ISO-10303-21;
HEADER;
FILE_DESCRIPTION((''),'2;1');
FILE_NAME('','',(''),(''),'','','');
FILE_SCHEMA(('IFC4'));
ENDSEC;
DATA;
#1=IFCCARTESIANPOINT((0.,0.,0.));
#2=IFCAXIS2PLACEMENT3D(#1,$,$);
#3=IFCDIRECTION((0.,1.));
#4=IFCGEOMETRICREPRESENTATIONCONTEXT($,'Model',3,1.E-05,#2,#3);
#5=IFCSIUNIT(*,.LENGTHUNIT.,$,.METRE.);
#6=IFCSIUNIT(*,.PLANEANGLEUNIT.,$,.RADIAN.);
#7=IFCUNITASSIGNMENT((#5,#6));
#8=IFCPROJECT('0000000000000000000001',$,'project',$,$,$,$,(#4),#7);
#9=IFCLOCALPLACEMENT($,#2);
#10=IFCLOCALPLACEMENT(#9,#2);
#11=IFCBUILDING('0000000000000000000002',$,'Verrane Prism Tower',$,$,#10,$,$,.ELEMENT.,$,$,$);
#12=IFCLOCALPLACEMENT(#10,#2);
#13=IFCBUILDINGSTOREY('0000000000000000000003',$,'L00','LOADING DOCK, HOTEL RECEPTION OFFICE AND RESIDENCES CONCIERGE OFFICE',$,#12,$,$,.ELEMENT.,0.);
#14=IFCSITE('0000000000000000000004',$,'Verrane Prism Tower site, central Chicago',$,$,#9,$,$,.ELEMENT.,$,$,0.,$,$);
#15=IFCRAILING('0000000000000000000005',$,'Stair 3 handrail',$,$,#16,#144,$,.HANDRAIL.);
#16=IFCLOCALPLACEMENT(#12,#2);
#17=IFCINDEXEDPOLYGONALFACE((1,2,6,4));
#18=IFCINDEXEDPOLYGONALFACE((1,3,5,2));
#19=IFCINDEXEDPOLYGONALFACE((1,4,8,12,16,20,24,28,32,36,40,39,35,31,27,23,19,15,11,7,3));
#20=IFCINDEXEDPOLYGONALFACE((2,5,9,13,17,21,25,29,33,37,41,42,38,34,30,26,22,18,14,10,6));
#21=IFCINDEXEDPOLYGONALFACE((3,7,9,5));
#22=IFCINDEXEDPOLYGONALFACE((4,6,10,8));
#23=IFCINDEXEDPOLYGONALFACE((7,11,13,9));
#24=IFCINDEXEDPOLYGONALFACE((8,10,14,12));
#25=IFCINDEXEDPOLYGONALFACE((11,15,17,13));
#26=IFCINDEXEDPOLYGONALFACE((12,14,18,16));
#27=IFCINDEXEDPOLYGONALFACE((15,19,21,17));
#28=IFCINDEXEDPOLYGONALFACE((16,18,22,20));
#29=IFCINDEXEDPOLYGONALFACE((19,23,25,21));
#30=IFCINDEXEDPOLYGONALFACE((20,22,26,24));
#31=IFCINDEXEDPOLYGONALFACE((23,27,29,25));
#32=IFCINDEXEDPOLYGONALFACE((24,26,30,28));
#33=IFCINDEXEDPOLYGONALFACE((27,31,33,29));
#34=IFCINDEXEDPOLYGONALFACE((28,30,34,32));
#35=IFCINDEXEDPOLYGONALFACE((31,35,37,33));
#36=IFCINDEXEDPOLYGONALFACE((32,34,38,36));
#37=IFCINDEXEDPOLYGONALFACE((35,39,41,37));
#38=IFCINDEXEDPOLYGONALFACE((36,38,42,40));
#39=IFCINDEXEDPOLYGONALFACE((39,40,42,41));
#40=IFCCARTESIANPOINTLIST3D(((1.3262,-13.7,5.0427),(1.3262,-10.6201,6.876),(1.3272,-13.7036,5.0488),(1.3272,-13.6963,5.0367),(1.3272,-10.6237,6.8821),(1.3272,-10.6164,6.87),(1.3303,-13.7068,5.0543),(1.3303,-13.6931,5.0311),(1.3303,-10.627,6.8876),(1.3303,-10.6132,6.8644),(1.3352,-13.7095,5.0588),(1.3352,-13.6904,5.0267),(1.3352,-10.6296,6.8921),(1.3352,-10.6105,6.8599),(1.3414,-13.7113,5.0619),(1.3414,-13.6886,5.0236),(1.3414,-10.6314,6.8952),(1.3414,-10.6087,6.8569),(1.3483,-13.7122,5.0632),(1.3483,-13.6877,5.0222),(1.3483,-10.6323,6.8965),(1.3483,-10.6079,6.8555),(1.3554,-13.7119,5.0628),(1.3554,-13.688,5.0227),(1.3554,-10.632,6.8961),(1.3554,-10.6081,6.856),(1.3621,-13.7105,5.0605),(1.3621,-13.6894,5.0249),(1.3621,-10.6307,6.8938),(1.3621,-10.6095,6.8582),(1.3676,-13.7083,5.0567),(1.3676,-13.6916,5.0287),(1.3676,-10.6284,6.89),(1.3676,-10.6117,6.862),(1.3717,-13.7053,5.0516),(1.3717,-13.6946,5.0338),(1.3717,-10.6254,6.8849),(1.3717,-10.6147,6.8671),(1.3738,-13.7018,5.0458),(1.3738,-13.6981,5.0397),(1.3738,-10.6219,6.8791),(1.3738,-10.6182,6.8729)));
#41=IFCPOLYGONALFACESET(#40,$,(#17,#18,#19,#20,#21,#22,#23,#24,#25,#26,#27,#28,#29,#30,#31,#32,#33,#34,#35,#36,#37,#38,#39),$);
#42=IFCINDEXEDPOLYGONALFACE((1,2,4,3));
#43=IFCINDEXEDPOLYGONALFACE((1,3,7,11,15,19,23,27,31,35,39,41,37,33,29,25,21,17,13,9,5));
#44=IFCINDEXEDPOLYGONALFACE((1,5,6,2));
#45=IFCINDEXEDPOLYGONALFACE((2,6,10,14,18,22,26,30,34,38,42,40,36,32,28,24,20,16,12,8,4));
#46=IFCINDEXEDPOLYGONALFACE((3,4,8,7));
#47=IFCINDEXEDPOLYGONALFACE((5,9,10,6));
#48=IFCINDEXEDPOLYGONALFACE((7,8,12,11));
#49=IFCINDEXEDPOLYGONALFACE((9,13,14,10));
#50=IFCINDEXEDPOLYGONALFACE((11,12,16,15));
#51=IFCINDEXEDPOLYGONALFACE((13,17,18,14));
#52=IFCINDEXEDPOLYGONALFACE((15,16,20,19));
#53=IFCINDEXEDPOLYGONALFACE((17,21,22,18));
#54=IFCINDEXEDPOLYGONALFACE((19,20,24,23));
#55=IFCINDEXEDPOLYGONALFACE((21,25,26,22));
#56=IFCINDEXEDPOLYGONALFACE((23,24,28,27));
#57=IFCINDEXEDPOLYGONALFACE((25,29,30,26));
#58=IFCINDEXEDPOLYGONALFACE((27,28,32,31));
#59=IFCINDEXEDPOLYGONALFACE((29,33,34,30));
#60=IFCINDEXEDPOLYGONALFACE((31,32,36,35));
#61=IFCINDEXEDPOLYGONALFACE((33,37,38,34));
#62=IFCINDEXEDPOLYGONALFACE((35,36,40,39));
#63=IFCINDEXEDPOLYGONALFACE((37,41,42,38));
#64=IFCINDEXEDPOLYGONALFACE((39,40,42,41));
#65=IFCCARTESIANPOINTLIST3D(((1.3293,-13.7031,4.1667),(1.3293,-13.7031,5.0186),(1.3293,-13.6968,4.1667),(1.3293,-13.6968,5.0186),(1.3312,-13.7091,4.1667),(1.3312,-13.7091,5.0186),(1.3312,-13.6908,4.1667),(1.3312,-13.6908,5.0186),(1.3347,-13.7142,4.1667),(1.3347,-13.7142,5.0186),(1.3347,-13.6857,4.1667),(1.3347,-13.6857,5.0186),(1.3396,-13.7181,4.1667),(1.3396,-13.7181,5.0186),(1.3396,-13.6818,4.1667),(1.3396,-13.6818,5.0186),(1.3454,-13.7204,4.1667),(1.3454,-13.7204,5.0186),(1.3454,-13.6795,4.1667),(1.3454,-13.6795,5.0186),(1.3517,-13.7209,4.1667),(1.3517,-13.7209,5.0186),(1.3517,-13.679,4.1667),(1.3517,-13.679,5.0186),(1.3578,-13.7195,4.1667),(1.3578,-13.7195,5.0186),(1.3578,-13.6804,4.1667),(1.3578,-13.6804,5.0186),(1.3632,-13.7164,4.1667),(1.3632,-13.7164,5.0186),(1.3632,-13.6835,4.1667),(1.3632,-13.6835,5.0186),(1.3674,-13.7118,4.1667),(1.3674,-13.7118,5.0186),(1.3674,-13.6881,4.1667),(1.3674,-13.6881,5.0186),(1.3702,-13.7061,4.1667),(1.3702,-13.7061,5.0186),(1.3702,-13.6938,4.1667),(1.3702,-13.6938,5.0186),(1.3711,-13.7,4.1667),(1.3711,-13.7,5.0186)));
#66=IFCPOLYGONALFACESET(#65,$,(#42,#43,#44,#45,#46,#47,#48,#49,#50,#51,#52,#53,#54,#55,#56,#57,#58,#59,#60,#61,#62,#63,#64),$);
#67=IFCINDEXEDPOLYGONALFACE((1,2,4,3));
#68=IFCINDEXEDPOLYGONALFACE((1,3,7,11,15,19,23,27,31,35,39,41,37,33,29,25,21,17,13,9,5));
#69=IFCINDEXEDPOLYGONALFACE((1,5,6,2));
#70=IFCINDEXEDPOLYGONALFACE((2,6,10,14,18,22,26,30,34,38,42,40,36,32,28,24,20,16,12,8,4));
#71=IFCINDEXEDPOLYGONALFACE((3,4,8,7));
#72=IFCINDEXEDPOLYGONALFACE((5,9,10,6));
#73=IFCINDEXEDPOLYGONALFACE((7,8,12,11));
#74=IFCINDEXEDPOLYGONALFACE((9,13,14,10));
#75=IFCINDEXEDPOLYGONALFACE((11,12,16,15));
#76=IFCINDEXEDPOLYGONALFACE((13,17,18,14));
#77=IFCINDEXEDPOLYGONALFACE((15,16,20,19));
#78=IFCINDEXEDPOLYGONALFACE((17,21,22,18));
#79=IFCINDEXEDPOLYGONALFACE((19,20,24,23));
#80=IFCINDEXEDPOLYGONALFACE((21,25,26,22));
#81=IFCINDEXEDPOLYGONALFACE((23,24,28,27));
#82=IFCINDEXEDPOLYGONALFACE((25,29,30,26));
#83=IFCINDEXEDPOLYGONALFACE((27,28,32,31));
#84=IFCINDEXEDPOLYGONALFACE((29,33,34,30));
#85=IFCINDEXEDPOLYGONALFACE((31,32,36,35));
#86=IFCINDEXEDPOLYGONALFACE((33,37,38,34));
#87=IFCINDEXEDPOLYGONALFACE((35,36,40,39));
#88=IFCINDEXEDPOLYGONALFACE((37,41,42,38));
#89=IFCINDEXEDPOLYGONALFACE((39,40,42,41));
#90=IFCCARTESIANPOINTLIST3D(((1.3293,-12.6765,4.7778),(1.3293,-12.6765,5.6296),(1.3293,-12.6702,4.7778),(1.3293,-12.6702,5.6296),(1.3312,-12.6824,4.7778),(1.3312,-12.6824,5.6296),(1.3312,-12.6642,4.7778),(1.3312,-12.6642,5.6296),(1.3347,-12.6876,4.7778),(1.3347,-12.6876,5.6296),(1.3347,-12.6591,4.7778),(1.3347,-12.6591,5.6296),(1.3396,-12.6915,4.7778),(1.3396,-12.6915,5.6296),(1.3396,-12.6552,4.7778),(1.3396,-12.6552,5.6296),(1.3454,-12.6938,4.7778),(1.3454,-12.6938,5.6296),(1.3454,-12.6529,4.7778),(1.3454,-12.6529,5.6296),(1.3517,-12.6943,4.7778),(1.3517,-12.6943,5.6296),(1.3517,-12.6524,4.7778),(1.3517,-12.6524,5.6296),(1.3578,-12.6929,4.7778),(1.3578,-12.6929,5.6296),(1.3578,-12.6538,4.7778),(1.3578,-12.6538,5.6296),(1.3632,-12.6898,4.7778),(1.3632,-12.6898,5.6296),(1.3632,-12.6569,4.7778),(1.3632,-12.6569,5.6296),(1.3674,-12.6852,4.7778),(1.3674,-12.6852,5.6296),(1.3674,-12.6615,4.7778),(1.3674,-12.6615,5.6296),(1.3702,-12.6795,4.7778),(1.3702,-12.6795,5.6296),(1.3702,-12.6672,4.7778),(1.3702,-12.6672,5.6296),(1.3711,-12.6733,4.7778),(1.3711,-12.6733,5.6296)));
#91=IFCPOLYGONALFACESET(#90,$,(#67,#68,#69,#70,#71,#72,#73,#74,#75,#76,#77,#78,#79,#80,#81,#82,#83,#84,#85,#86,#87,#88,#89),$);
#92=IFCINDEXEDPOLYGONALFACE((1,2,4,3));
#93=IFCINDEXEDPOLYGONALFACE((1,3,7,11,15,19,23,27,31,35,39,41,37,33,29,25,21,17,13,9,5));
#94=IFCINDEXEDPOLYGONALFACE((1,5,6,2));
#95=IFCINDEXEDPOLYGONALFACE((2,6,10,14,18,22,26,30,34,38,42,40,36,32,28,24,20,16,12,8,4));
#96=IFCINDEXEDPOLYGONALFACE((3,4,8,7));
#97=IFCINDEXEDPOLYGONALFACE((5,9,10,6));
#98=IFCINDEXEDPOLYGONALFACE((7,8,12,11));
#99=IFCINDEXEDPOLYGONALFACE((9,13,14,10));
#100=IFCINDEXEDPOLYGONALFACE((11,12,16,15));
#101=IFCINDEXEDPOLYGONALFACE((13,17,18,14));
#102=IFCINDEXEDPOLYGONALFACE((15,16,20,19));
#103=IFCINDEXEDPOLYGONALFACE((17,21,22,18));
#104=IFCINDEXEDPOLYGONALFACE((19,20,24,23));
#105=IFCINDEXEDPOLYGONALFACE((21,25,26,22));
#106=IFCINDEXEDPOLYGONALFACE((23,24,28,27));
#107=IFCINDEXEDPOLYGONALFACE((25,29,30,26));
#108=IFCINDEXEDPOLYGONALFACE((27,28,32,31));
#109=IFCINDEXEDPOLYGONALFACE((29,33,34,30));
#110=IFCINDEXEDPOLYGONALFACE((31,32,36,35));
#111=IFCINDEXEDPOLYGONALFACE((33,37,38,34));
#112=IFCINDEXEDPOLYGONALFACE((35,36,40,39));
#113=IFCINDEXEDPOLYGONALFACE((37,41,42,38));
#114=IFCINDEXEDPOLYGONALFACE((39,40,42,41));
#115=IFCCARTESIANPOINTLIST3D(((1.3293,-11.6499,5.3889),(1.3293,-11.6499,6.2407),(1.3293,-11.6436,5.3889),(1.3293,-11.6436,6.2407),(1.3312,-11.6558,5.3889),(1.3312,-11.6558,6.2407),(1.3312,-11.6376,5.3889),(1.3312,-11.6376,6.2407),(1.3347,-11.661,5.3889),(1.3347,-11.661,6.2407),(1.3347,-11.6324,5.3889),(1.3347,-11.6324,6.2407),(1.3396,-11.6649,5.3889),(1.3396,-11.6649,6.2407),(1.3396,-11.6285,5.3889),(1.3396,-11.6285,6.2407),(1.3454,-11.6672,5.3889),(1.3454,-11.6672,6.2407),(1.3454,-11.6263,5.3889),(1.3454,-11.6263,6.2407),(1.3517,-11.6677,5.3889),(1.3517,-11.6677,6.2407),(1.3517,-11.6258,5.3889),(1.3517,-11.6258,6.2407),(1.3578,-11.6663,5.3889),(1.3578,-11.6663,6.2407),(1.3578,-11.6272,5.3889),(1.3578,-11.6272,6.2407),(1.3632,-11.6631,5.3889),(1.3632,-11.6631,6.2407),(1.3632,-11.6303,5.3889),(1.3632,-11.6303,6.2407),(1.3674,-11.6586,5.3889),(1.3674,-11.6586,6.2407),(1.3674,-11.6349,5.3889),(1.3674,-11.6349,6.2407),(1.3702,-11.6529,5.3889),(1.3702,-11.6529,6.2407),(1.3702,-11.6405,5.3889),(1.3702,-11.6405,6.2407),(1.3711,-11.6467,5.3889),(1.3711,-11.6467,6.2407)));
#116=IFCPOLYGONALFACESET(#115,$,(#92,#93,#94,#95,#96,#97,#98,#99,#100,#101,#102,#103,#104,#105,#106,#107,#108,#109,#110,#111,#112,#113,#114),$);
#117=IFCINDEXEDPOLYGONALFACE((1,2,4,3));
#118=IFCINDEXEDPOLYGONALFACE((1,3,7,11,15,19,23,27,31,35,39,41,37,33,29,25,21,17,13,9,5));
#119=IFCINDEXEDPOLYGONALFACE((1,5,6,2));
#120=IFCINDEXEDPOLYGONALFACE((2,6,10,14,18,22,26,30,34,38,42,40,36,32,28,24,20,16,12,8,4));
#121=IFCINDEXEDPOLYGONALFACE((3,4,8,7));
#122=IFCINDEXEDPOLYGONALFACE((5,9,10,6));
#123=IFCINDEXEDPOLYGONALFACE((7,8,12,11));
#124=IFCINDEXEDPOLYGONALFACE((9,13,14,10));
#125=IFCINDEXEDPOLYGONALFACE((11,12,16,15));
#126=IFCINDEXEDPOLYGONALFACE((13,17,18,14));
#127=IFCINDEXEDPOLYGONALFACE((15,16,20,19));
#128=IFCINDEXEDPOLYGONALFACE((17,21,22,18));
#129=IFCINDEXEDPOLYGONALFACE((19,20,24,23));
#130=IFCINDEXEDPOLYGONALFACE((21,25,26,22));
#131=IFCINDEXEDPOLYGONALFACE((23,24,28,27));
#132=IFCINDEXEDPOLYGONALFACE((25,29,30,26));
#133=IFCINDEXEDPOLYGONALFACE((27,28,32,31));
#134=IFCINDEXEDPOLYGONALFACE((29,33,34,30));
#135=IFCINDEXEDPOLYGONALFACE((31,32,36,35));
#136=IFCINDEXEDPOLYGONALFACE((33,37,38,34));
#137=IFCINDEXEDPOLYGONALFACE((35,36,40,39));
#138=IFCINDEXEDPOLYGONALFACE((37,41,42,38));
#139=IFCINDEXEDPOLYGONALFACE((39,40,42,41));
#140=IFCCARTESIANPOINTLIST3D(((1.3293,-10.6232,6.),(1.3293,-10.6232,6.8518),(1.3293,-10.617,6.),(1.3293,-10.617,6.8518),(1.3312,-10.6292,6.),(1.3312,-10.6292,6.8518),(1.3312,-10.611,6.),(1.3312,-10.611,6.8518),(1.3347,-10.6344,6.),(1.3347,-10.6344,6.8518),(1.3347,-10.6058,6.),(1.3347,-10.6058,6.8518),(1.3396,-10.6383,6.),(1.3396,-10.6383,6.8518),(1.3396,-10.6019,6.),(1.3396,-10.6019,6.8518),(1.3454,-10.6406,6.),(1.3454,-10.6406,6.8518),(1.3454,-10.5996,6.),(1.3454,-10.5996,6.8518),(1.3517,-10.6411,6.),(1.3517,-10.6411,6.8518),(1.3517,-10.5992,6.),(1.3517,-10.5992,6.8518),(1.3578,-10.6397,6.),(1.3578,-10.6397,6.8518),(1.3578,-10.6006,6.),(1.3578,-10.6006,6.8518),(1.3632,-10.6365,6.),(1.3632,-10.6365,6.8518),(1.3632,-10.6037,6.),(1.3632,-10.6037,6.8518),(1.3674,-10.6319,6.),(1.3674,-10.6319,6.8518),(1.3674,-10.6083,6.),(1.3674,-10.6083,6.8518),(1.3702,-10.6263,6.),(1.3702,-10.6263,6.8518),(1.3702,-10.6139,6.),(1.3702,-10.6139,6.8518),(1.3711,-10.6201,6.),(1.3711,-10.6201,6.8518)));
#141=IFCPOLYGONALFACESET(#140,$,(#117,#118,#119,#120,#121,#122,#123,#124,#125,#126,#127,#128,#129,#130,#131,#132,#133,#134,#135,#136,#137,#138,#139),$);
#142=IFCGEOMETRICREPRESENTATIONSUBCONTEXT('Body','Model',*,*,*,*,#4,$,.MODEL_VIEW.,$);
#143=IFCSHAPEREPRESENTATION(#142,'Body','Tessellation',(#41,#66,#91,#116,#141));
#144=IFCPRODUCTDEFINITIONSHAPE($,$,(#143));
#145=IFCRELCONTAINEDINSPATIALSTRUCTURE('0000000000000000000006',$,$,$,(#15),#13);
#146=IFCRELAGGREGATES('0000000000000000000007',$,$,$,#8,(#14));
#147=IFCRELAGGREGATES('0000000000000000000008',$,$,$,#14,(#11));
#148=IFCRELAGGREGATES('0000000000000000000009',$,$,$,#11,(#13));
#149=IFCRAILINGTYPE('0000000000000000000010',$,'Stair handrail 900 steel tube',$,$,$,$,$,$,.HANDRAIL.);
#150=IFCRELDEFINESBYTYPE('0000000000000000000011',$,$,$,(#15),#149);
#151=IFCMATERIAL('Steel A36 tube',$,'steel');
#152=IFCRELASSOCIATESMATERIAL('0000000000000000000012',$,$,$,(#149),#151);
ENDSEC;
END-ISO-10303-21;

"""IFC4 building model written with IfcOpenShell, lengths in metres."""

from ifc_helpers import new_model, si_unit, direction, frame, origin, origin_2d, place, context, subcontext, project, spatial, circle, extrude, material, type_object, element, save


model = new_model("IFC4")

# Units and contexts
model_context = context("Model", 3, precision=1e-05, world=origin(), true_north=direction((0.0, 1.0)))
body_context = subcontext(model_context, "Body", "Model", "MODEL_VIEW")
ifc_project = project(units=[si_unit("LENGTHUNIT", "METRE"), si_unit("PLANEANGLEUNIT", "RADIAN")], contexts=[model_context])

# Site, building, storey
site_placement = place(None, origin())
site = spatial("IfcSite", under=ifc_project, at=site_placement, Name="Verrane Prism Tower site, central Chicago", CompositionType="ELEMENT", RefElevation=0.0)
building_placement = place(site_placement, origin())
building = spatial("IfcBuilding", under=site, at=building_placement, Name="Verrane Prism Tower", CompositionType="ELEMENT")
storey_placement = place(building_placement, origin())
storey = spatial("IfcBuildingStorey", under=building, at=storey_placement, Name="L00", Description="LOADING DOCK, HOTEL RECEPTION OFFICE AND RESIDENCES CONCIERGE OFFICE", CompositionType="ELEMENT", Elevation=0.0)

# Railing
ifc_material_1 = material(Name="Steel A36 tube", Category="steel")
railing_type_1 = type_object("IfcRailingType", Name="Stair handrail 900 steel tube", PredefinedType="HANDRAIL", material=ifc_material_1)
for number, where, name in (
    (1, (1.3501, -13.7, 4.1667), "Stair 3 handrail"),
):
    element("IfcRailing", number, at=place(storey_placement, frame(where)), inside=storey, type_object=railing_type_1, Name=name, PredefinedType="HANDRAIL", context=body_context, shape_type="SweptSolid", body=[
        extrude(circle(Radius=0.0239, at=origin_2d()), frame((0.0, 0.0, 0.876), z_axis=(0.0, 0.859291, 0.511487), x_axis=(-1.0, 0.0, 0.0)), (0.0, 0.0, 1.0), 3.5842),
        extrude(circle(Radius=0.021, at=origin_2d()), origin(), (0.0, 0.0, 1.0), 0.8518),
        extrude(circle(Radius=0.021, at=origin_2d()), frame((0.0, 1.0266, 0.6111)), (0.0, 0.0, 1.0), 0.8518),
        extrude(circle(Radius=0.021, at=origin_2d()), frame((0.0, 2.0532, 1.2222)), (0.0, 0.0, 1.0), 0.8518),
        extrude(circle(Radius=0.021, at=origin_2d()), frame((0.0, 3.0798, 1.8333)), (0.0, 0.0, 1.0), 0.8518),
    ])

save(model, "model.ifc")
